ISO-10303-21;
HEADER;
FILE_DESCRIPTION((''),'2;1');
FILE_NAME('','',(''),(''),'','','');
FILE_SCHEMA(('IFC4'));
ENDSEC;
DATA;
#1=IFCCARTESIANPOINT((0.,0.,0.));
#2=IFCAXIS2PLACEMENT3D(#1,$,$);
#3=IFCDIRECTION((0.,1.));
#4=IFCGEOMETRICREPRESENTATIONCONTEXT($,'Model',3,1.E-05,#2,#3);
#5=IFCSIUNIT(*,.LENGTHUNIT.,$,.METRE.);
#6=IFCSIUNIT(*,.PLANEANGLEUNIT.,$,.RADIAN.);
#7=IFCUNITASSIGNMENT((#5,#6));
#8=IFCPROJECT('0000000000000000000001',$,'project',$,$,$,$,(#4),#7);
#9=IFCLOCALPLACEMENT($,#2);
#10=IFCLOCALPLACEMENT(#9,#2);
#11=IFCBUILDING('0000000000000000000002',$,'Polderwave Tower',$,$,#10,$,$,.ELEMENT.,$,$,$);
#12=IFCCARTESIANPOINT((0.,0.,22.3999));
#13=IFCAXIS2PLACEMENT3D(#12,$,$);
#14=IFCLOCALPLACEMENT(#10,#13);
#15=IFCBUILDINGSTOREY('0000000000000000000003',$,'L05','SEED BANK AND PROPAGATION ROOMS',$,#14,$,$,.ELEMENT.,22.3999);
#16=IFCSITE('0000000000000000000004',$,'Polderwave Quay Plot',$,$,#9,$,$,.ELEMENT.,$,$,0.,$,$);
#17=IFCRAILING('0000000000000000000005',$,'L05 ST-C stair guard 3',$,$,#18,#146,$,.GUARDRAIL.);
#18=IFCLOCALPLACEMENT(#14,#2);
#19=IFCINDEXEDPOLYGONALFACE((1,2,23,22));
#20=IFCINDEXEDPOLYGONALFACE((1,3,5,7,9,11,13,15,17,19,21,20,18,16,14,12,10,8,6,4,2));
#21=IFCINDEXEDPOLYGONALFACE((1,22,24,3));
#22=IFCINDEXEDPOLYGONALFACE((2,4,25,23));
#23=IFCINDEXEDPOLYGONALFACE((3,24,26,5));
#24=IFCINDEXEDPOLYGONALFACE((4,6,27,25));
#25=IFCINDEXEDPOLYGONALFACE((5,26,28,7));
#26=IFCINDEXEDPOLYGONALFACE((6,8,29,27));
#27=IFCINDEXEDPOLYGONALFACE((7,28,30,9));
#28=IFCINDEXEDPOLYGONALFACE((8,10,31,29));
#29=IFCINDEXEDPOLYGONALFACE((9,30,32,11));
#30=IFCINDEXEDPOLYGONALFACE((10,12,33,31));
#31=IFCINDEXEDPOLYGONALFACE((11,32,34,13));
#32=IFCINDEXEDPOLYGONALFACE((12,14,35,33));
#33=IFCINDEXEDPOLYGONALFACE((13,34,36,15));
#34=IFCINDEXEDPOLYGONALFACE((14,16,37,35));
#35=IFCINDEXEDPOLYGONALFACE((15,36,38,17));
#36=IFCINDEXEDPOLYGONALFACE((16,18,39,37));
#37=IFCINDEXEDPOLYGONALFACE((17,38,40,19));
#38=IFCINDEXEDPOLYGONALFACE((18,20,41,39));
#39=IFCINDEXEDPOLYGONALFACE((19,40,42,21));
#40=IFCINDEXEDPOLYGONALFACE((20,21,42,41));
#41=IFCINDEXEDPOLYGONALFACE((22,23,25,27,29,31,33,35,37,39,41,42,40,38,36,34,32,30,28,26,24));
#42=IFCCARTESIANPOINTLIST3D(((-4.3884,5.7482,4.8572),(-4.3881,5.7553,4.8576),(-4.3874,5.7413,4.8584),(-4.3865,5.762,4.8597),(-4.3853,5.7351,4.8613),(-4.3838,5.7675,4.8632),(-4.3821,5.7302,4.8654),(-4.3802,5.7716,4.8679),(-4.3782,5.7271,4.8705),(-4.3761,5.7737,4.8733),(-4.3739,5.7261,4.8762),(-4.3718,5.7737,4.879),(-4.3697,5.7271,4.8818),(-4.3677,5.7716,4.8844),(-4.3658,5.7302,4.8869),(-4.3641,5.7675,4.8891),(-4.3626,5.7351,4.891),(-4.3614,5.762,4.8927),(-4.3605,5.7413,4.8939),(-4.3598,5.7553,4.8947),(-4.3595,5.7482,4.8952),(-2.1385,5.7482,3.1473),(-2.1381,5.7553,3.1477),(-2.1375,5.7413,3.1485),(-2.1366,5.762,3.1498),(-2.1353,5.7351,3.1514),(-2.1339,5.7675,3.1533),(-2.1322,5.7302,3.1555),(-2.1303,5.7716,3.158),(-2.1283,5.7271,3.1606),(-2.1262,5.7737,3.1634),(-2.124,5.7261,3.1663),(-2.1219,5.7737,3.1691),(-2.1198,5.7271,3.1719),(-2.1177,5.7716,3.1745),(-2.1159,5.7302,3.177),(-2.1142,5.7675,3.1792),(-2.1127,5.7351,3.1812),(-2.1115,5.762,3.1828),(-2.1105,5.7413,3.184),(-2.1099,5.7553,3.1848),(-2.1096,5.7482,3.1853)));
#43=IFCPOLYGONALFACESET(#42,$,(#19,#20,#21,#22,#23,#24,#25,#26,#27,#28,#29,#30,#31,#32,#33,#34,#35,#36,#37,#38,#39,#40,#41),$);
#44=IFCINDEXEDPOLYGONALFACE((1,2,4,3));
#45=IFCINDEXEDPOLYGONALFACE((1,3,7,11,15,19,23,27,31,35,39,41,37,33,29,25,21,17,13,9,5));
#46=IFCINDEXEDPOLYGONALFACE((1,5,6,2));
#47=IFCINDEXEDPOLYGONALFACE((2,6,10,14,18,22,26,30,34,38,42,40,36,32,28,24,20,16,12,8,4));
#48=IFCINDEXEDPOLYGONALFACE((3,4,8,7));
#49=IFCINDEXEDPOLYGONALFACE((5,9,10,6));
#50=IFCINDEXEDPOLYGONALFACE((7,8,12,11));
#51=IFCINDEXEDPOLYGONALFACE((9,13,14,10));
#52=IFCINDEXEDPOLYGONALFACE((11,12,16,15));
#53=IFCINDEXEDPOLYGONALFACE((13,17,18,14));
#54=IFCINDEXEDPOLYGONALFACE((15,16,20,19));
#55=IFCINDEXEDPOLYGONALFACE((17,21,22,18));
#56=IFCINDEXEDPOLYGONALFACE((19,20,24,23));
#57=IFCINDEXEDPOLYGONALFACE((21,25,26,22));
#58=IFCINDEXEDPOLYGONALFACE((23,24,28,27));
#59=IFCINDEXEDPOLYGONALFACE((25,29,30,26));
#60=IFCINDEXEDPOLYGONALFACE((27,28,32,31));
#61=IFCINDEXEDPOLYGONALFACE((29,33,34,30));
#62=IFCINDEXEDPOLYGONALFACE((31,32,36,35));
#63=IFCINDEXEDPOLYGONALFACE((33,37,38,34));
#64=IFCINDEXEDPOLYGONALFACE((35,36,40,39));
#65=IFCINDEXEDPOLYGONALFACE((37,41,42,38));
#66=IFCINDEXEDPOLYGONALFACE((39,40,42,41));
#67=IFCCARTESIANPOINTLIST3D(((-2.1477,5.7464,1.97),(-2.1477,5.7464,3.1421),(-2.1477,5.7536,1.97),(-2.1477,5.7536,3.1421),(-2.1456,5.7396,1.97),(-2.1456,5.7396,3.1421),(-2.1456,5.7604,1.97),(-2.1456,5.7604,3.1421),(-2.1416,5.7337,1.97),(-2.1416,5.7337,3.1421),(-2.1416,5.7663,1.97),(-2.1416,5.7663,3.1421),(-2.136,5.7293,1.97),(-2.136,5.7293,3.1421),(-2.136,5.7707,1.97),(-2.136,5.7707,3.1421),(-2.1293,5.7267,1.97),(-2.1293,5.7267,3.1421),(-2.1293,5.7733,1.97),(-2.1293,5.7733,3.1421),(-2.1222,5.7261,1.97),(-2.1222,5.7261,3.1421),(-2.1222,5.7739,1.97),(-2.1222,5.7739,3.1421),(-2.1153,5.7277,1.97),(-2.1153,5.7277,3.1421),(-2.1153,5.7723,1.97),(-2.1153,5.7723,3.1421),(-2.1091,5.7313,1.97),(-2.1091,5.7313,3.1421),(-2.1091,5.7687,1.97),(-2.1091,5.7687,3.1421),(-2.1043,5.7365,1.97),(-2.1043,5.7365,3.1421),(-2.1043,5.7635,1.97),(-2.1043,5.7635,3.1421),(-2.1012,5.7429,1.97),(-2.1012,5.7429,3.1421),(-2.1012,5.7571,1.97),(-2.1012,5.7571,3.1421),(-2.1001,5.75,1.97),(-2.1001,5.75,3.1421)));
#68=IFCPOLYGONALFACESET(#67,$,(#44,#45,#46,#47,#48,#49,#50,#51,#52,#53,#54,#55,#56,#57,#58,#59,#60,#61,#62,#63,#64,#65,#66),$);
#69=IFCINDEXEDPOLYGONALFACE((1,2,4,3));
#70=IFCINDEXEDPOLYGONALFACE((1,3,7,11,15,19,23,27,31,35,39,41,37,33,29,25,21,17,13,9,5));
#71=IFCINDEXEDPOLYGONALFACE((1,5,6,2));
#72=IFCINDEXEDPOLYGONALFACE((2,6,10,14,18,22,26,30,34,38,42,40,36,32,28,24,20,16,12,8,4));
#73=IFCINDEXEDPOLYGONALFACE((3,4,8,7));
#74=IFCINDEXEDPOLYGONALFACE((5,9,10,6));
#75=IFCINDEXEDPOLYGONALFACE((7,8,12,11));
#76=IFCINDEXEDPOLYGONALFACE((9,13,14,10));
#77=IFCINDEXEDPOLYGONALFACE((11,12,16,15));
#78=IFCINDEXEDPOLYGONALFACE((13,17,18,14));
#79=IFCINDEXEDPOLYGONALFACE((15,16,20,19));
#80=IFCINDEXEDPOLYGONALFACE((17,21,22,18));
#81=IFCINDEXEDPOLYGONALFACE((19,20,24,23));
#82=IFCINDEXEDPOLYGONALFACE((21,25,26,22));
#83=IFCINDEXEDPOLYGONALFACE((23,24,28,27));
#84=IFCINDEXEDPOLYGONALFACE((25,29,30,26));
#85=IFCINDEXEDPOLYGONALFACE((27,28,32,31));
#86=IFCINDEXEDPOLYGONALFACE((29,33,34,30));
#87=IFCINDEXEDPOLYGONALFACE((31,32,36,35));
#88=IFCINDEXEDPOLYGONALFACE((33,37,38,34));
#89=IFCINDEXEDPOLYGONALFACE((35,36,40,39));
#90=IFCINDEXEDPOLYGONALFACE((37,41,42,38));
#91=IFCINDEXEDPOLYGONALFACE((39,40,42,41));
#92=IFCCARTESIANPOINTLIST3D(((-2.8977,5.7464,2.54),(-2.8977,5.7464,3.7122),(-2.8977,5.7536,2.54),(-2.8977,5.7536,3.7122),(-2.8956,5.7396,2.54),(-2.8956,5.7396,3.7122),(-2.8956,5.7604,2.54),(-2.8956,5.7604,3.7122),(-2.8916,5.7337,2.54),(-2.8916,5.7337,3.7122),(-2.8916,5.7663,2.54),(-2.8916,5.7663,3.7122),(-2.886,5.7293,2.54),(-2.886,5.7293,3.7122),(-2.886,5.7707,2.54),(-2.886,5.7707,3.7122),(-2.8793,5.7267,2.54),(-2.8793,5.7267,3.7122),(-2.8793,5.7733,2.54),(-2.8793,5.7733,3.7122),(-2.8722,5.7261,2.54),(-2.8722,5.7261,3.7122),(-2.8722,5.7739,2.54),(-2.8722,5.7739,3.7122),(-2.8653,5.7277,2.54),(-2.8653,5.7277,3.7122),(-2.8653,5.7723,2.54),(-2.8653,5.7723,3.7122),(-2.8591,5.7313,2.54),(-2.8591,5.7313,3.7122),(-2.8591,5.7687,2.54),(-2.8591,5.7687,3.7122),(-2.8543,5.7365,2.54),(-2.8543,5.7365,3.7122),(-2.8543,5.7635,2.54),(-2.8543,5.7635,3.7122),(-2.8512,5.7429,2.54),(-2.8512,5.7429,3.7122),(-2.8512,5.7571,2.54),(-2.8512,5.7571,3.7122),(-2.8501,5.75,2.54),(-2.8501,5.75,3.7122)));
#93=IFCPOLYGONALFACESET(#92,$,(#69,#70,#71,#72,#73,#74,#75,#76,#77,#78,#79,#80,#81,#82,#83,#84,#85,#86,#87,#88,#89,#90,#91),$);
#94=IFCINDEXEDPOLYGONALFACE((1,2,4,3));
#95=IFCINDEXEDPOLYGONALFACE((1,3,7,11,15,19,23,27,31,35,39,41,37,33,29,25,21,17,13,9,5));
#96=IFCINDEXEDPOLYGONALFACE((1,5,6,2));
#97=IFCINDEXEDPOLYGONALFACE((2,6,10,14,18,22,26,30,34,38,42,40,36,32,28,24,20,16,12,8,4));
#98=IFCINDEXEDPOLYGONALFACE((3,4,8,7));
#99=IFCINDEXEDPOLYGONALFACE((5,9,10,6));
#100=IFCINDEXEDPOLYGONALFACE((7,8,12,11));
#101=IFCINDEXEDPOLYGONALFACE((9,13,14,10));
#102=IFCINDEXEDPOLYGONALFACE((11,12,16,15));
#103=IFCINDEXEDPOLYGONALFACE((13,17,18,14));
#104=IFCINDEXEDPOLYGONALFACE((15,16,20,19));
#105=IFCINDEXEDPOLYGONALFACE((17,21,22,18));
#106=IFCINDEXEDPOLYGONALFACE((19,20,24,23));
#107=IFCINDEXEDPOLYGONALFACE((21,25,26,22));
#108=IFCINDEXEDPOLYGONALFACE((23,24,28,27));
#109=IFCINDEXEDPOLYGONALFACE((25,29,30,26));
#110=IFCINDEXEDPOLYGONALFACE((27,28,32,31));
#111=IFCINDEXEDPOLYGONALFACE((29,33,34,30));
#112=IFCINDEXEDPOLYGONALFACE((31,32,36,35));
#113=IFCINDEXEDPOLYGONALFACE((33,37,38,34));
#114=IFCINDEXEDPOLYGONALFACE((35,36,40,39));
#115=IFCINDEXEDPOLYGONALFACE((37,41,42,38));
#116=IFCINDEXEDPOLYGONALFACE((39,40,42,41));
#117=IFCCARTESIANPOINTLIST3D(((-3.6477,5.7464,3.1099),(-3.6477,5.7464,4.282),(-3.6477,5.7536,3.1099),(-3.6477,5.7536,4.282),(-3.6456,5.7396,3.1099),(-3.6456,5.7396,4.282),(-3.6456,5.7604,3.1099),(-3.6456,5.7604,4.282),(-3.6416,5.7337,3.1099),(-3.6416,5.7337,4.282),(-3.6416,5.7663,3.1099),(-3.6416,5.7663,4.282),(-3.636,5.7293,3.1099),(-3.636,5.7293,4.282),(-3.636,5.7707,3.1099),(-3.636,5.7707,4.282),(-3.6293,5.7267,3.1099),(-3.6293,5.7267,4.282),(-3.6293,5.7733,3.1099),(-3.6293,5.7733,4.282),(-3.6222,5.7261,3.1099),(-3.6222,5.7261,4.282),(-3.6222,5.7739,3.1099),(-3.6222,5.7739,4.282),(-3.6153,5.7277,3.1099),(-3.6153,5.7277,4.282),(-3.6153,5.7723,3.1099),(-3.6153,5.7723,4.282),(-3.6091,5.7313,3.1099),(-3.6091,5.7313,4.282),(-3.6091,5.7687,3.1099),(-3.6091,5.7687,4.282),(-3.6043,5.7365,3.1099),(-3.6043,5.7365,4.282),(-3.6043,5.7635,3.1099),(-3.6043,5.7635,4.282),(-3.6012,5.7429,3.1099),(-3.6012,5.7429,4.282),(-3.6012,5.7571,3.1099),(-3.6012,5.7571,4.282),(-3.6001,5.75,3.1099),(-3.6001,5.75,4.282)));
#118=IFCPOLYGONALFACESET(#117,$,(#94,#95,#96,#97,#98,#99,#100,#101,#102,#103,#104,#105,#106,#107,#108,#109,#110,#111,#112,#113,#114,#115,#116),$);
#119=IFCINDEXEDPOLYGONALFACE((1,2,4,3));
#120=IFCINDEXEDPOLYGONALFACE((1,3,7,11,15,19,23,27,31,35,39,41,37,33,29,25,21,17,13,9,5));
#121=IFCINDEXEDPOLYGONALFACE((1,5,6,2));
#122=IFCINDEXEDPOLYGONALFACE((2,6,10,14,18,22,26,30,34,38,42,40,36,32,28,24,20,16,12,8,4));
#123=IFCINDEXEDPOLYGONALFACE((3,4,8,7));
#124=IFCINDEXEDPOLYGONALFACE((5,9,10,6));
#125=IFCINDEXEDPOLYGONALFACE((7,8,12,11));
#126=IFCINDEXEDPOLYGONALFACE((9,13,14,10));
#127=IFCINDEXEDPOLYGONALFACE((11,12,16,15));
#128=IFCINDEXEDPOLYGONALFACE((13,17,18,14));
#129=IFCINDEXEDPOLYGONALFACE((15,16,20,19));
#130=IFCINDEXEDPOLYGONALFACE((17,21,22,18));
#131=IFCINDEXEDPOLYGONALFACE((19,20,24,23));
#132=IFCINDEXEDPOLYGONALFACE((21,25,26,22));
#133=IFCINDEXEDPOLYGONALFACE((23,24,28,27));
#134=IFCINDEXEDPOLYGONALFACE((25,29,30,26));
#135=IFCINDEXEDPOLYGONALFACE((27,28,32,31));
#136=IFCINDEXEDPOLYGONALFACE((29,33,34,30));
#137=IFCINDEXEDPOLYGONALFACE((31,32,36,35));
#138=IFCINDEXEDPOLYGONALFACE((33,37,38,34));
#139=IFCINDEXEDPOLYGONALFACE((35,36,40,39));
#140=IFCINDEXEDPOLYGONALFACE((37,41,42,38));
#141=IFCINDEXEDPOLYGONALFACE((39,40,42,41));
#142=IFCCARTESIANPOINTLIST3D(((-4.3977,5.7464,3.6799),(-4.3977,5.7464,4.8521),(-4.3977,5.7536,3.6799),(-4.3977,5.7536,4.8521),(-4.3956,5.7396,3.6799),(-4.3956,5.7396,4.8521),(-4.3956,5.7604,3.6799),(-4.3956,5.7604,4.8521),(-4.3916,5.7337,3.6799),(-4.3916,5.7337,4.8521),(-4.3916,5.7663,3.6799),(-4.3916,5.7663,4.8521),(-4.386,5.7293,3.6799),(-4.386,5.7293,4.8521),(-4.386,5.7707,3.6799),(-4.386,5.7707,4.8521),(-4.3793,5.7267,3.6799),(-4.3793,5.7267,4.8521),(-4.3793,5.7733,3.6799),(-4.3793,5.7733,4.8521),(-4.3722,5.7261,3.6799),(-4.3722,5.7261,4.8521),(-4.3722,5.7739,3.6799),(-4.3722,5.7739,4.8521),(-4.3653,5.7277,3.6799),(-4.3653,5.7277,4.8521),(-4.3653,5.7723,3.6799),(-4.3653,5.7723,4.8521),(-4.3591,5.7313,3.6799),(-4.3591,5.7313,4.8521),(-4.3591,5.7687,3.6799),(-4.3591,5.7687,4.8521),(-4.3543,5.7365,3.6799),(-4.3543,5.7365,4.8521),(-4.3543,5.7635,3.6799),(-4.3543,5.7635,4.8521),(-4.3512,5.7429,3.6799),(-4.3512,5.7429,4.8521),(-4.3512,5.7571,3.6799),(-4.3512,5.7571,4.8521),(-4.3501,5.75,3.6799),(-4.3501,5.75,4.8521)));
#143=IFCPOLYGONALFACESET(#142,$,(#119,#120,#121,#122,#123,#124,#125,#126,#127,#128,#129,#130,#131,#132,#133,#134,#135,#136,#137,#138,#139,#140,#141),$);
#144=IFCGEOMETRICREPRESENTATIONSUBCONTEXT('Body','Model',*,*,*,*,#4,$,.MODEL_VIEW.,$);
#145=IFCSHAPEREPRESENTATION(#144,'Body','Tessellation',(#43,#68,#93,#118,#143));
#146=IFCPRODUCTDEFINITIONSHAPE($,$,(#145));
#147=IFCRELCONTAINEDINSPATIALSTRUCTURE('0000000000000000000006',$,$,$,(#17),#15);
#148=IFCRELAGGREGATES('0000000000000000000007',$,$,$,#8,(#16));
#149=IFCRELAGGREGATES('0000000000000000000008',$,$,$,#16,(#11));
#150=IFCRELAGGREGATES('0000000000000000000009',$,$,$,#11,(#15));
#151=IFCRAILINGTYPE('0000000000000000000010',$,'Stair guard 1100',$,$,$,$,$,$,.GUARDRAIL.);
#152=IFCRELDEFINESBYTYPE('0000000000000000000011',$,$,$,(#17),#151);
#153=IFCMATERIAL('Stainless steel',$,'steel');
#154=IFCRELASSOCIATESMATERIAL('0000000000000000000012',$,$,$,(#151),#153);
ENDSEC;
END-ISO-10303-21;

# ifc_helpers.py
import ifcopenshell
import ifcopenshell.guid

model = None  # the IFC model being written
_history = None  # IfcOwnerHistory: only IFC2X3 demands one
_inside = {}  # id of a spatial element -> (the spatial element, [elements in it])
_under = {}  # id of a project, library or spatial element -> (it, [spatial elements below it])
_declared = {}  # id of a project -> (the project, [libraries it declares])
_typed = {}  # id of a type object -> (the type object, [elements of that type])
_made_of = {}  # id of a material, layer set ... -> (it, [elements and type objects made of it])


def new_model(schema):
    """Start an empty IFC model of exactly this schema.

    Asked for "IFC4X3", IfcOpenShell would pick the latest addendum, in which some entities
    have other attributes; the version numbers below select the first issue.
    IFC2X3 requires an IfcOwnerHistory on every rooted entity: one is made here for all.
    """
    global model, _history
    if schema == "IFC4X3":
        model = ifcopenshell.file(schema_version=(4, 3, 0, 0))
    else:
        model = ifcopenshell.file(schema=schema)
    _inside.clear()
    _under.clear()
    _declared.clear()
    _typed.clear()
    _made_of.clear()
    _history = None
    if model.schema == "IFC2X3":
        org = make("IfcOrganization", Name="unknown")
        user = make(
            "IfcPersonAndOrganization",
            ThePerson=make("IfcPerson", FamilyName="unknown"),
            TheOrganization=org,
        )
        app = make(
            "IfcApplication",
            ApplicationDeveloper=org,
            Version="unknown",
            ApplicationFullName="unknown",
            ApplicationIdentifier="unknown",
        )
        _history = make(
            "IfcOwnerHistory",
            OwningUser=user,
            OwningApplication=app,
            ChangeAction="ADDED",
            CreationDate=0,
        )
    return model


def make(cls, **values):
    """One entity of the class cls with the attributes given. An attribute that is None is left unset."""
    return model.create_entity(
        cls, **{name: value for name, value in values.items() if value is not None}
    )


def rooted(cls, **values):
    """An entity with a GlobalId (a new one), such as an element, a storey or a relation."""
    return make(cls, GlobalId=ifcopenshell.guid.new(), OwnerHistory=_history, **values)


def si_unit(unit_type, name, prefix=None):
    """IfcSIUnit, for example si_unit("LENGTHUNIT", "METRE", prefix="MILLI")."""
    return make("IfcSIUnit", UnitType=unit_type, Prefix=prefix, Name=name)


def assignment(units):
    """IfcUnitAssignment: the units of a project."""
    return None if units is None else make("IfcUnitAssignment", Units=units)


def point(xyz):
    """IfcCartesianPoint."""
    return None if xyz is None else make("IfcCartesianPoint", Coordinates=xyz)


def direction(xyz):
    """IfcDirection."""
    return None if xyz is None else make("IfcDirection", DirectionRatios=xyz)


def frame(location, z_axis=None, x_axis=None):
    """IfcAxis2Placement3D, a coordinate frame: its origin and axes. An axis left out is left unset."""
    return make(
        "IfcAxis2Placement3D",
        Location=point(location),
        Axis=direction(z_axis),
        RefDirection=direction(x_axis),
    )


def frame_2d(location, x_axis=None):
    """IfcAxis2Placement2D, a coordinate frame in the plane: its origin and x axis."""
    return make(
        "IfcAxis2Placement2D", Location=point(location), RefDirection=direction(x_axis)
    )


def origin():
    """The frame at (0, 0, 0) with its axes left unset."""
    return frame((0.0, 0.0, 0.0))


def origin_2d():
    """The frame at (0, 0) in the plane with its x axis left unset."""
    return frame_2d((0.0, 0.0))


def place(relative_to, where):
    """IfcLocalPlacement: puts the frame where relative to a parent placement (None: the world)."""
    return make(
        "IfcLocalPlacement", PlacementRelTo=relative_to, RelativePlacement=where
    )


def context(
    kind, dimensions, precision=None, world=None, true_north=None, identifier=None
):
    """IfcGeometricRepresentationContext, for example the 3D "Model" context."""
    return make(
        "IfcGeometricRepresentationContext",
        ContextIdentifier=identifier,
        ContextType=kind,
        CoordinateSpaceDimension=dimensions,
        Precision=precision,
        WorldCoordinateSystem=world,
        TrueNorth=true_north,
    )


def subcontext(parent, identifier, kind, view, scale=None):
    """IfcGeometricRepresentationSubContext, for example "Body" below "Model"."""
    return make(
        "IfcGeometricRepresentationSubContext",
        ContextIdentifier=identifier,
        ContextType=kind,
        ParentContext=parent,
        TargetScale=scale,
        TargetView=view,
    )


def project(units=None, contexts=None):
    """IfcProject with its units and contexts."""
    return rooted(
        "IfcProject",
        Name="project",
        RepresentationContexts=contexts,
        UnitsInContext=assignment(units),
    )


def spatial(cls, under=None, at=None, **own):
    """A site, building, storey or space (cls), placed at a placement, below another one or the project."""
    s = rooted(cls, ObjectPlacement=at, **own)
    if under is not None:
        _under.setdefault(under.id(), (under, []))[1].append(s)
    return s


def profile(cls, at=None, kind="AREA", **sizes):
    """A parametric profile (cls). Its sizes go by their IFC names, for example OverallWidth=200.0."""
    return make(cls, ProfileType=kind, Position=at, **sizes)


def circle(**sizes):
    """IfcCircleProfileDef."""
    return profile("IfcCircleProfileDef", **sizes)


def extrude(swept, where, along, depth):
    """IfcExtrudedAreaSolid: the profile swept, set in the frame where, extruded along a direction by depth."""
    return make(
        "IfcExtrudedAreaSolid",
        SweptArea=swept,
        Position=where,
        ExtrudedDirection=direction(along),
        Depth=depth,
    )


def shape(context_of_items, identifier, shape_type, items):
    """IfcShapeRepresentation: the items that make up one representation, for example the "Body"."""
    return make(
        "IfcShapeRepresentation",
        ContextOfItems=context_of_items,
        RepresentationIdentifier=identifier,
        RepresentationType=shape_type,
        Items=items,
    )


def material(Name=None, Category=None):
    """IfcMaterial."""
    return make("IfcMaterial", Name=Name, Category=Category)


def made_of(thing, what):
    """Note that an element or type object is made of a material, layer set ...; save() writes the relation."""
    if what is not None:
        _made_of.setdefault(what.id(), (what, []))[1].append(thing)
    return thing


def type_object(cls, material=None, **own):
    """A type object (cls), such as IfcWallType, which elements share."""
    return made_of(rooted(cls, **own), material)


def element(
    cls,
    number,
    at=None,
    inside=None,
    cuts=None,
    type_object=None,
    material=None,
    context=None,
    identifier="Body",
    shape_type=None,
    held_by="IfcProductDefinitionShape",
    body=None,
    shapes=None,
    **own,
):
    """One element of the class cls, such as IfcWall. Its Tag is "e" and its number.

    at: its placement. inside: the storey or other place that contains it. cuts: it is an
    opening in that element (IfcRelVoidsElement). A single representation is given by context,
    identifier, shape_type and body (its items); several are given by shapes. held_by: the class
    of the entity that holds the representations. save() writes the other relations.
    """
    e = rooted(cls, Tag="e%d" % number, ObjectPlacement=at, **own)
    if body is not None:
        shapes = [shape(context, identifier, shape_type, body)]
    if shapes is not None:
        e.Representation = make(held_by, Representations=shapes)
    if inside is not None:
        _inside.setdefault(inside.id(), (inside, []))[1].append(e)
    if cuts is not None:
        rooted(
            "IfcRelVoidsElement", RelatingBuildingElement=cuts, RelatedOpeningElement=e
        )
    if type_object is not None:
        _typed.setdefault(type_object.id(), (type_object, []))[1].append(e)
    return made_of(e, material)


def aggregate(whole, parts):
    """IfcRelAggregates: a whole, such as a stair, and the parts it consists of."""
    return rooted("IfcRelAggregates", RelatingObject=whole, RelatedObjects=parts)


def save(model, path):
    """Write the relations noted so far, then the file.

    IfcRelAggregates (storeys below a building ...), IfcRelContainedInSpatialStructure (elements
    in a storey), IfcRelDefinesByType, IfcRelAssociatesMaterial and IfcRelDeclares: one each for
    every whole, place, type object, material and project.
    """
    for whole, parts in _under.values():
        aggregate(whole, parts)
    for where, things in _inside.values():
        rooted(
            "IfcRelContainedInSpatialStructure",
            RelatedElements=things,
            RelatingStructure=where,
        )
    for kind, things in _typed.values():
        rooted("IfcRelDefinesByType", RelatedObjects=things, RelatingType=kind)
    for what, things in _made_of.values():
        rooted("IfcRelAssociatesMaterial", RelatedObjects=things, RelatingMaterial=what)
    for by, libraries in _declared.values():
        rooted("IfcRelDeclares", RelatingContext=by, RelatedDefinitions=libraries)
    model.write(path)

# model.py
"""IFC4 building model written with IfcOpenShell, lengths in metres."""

from ifc_helpers import new_model, si_unit, direction, frame, origin, origin_2d, place, context, subcontext, project, spatial, circle, extrude, material, type_object, element, save


model = new_model("IFC4")

# Units and contexts
model_context = context("Model", 3, precision=1e-05, world=origin(), true_north=direction((0.0, 1.0)))
body_context = subcontext(model_context, "Body", "Model", "MODEL_VIEW")
ifc_project = project(units=[si_unit("LENGTHUNIT", "METRE"), si_unit("PLANEANGLEUNIT", "RADIAN")], contexts=[model_context])

# Site, building, storey
site_placement = place(None, origin())
site = spatial("IfcSite", under=ifc_project, at=site_placement, Name="Polderwave Quay Plot", CompositionType="ELEMENT", RefElevation=0.0)
building_placement = place(site_placement, origin())
building = spatial("IfcBuilding", under=site, at=building_placement, Name="Polderwave Tower", CompositionType="ELEMENT")
storey_placement = place(building_placement, frame((0.0, 0.0, 22.3999)))
storey = spatial("IfcBuildingStorey", under=building, at=storey_placement, Name="L05", Description="SEED BANK AND PROPAGATION ROOMS", CompositionType="ELEMENT", Elevation=22.3999)

# Railing
ifc_material_1 = material(Name="Stainless steel", Category="steel")
railing_type_1 = type_object("IfcRailingType", Name="Stair guard 1100", PredefinedType="GUARDRAIL", material=ifc_material_1)
railing_1_placement = place(storey_placement, frame((-2.124, 5.75, 1.97)))
element("IfcRailing", 1, at=railing_1_placement, inside=storey, type_object=railing_type_1, Name="L05 ST-C stair guard 3", PredefinedType="GUARDRAIL", context=body_context, shape_type="SweptSolid", body=[
    extrude(circle(Radius=0.0239, at=origin_2d()), frame((0.0, 0.0, 1.1963), z_axis=(-0.796169, 0.0, 0.605075), x_axis=(0.0, -1.0, 0.0)), (0.0, 0.0, 1.0), 2.8259),
    extrude(circle(Radius=0.0239, at=origin_2d()), origin(), (0.0, 0.0, 1.0), 1.1721),
    extrude(circle(Radius=0.0239, at=origin_2d()), frame((-0.75, 0.0, 0.5701)), (0.0, 0.0, 1.0), 1.1721),
    extrude(circle(Radius=0.0239, at=origin_2d()), frame((-1.5, 0.0, 1.1399)), (0.0, 0.0, 1.0), 1.1721),
    extrude(circle(Radius=0.0239, at=origin_2d()), frame((-2.25, 0.0, 1.71)), (0.0, 0.0, 1.0), 1.1721),
])

save(model, "model.ifc")
